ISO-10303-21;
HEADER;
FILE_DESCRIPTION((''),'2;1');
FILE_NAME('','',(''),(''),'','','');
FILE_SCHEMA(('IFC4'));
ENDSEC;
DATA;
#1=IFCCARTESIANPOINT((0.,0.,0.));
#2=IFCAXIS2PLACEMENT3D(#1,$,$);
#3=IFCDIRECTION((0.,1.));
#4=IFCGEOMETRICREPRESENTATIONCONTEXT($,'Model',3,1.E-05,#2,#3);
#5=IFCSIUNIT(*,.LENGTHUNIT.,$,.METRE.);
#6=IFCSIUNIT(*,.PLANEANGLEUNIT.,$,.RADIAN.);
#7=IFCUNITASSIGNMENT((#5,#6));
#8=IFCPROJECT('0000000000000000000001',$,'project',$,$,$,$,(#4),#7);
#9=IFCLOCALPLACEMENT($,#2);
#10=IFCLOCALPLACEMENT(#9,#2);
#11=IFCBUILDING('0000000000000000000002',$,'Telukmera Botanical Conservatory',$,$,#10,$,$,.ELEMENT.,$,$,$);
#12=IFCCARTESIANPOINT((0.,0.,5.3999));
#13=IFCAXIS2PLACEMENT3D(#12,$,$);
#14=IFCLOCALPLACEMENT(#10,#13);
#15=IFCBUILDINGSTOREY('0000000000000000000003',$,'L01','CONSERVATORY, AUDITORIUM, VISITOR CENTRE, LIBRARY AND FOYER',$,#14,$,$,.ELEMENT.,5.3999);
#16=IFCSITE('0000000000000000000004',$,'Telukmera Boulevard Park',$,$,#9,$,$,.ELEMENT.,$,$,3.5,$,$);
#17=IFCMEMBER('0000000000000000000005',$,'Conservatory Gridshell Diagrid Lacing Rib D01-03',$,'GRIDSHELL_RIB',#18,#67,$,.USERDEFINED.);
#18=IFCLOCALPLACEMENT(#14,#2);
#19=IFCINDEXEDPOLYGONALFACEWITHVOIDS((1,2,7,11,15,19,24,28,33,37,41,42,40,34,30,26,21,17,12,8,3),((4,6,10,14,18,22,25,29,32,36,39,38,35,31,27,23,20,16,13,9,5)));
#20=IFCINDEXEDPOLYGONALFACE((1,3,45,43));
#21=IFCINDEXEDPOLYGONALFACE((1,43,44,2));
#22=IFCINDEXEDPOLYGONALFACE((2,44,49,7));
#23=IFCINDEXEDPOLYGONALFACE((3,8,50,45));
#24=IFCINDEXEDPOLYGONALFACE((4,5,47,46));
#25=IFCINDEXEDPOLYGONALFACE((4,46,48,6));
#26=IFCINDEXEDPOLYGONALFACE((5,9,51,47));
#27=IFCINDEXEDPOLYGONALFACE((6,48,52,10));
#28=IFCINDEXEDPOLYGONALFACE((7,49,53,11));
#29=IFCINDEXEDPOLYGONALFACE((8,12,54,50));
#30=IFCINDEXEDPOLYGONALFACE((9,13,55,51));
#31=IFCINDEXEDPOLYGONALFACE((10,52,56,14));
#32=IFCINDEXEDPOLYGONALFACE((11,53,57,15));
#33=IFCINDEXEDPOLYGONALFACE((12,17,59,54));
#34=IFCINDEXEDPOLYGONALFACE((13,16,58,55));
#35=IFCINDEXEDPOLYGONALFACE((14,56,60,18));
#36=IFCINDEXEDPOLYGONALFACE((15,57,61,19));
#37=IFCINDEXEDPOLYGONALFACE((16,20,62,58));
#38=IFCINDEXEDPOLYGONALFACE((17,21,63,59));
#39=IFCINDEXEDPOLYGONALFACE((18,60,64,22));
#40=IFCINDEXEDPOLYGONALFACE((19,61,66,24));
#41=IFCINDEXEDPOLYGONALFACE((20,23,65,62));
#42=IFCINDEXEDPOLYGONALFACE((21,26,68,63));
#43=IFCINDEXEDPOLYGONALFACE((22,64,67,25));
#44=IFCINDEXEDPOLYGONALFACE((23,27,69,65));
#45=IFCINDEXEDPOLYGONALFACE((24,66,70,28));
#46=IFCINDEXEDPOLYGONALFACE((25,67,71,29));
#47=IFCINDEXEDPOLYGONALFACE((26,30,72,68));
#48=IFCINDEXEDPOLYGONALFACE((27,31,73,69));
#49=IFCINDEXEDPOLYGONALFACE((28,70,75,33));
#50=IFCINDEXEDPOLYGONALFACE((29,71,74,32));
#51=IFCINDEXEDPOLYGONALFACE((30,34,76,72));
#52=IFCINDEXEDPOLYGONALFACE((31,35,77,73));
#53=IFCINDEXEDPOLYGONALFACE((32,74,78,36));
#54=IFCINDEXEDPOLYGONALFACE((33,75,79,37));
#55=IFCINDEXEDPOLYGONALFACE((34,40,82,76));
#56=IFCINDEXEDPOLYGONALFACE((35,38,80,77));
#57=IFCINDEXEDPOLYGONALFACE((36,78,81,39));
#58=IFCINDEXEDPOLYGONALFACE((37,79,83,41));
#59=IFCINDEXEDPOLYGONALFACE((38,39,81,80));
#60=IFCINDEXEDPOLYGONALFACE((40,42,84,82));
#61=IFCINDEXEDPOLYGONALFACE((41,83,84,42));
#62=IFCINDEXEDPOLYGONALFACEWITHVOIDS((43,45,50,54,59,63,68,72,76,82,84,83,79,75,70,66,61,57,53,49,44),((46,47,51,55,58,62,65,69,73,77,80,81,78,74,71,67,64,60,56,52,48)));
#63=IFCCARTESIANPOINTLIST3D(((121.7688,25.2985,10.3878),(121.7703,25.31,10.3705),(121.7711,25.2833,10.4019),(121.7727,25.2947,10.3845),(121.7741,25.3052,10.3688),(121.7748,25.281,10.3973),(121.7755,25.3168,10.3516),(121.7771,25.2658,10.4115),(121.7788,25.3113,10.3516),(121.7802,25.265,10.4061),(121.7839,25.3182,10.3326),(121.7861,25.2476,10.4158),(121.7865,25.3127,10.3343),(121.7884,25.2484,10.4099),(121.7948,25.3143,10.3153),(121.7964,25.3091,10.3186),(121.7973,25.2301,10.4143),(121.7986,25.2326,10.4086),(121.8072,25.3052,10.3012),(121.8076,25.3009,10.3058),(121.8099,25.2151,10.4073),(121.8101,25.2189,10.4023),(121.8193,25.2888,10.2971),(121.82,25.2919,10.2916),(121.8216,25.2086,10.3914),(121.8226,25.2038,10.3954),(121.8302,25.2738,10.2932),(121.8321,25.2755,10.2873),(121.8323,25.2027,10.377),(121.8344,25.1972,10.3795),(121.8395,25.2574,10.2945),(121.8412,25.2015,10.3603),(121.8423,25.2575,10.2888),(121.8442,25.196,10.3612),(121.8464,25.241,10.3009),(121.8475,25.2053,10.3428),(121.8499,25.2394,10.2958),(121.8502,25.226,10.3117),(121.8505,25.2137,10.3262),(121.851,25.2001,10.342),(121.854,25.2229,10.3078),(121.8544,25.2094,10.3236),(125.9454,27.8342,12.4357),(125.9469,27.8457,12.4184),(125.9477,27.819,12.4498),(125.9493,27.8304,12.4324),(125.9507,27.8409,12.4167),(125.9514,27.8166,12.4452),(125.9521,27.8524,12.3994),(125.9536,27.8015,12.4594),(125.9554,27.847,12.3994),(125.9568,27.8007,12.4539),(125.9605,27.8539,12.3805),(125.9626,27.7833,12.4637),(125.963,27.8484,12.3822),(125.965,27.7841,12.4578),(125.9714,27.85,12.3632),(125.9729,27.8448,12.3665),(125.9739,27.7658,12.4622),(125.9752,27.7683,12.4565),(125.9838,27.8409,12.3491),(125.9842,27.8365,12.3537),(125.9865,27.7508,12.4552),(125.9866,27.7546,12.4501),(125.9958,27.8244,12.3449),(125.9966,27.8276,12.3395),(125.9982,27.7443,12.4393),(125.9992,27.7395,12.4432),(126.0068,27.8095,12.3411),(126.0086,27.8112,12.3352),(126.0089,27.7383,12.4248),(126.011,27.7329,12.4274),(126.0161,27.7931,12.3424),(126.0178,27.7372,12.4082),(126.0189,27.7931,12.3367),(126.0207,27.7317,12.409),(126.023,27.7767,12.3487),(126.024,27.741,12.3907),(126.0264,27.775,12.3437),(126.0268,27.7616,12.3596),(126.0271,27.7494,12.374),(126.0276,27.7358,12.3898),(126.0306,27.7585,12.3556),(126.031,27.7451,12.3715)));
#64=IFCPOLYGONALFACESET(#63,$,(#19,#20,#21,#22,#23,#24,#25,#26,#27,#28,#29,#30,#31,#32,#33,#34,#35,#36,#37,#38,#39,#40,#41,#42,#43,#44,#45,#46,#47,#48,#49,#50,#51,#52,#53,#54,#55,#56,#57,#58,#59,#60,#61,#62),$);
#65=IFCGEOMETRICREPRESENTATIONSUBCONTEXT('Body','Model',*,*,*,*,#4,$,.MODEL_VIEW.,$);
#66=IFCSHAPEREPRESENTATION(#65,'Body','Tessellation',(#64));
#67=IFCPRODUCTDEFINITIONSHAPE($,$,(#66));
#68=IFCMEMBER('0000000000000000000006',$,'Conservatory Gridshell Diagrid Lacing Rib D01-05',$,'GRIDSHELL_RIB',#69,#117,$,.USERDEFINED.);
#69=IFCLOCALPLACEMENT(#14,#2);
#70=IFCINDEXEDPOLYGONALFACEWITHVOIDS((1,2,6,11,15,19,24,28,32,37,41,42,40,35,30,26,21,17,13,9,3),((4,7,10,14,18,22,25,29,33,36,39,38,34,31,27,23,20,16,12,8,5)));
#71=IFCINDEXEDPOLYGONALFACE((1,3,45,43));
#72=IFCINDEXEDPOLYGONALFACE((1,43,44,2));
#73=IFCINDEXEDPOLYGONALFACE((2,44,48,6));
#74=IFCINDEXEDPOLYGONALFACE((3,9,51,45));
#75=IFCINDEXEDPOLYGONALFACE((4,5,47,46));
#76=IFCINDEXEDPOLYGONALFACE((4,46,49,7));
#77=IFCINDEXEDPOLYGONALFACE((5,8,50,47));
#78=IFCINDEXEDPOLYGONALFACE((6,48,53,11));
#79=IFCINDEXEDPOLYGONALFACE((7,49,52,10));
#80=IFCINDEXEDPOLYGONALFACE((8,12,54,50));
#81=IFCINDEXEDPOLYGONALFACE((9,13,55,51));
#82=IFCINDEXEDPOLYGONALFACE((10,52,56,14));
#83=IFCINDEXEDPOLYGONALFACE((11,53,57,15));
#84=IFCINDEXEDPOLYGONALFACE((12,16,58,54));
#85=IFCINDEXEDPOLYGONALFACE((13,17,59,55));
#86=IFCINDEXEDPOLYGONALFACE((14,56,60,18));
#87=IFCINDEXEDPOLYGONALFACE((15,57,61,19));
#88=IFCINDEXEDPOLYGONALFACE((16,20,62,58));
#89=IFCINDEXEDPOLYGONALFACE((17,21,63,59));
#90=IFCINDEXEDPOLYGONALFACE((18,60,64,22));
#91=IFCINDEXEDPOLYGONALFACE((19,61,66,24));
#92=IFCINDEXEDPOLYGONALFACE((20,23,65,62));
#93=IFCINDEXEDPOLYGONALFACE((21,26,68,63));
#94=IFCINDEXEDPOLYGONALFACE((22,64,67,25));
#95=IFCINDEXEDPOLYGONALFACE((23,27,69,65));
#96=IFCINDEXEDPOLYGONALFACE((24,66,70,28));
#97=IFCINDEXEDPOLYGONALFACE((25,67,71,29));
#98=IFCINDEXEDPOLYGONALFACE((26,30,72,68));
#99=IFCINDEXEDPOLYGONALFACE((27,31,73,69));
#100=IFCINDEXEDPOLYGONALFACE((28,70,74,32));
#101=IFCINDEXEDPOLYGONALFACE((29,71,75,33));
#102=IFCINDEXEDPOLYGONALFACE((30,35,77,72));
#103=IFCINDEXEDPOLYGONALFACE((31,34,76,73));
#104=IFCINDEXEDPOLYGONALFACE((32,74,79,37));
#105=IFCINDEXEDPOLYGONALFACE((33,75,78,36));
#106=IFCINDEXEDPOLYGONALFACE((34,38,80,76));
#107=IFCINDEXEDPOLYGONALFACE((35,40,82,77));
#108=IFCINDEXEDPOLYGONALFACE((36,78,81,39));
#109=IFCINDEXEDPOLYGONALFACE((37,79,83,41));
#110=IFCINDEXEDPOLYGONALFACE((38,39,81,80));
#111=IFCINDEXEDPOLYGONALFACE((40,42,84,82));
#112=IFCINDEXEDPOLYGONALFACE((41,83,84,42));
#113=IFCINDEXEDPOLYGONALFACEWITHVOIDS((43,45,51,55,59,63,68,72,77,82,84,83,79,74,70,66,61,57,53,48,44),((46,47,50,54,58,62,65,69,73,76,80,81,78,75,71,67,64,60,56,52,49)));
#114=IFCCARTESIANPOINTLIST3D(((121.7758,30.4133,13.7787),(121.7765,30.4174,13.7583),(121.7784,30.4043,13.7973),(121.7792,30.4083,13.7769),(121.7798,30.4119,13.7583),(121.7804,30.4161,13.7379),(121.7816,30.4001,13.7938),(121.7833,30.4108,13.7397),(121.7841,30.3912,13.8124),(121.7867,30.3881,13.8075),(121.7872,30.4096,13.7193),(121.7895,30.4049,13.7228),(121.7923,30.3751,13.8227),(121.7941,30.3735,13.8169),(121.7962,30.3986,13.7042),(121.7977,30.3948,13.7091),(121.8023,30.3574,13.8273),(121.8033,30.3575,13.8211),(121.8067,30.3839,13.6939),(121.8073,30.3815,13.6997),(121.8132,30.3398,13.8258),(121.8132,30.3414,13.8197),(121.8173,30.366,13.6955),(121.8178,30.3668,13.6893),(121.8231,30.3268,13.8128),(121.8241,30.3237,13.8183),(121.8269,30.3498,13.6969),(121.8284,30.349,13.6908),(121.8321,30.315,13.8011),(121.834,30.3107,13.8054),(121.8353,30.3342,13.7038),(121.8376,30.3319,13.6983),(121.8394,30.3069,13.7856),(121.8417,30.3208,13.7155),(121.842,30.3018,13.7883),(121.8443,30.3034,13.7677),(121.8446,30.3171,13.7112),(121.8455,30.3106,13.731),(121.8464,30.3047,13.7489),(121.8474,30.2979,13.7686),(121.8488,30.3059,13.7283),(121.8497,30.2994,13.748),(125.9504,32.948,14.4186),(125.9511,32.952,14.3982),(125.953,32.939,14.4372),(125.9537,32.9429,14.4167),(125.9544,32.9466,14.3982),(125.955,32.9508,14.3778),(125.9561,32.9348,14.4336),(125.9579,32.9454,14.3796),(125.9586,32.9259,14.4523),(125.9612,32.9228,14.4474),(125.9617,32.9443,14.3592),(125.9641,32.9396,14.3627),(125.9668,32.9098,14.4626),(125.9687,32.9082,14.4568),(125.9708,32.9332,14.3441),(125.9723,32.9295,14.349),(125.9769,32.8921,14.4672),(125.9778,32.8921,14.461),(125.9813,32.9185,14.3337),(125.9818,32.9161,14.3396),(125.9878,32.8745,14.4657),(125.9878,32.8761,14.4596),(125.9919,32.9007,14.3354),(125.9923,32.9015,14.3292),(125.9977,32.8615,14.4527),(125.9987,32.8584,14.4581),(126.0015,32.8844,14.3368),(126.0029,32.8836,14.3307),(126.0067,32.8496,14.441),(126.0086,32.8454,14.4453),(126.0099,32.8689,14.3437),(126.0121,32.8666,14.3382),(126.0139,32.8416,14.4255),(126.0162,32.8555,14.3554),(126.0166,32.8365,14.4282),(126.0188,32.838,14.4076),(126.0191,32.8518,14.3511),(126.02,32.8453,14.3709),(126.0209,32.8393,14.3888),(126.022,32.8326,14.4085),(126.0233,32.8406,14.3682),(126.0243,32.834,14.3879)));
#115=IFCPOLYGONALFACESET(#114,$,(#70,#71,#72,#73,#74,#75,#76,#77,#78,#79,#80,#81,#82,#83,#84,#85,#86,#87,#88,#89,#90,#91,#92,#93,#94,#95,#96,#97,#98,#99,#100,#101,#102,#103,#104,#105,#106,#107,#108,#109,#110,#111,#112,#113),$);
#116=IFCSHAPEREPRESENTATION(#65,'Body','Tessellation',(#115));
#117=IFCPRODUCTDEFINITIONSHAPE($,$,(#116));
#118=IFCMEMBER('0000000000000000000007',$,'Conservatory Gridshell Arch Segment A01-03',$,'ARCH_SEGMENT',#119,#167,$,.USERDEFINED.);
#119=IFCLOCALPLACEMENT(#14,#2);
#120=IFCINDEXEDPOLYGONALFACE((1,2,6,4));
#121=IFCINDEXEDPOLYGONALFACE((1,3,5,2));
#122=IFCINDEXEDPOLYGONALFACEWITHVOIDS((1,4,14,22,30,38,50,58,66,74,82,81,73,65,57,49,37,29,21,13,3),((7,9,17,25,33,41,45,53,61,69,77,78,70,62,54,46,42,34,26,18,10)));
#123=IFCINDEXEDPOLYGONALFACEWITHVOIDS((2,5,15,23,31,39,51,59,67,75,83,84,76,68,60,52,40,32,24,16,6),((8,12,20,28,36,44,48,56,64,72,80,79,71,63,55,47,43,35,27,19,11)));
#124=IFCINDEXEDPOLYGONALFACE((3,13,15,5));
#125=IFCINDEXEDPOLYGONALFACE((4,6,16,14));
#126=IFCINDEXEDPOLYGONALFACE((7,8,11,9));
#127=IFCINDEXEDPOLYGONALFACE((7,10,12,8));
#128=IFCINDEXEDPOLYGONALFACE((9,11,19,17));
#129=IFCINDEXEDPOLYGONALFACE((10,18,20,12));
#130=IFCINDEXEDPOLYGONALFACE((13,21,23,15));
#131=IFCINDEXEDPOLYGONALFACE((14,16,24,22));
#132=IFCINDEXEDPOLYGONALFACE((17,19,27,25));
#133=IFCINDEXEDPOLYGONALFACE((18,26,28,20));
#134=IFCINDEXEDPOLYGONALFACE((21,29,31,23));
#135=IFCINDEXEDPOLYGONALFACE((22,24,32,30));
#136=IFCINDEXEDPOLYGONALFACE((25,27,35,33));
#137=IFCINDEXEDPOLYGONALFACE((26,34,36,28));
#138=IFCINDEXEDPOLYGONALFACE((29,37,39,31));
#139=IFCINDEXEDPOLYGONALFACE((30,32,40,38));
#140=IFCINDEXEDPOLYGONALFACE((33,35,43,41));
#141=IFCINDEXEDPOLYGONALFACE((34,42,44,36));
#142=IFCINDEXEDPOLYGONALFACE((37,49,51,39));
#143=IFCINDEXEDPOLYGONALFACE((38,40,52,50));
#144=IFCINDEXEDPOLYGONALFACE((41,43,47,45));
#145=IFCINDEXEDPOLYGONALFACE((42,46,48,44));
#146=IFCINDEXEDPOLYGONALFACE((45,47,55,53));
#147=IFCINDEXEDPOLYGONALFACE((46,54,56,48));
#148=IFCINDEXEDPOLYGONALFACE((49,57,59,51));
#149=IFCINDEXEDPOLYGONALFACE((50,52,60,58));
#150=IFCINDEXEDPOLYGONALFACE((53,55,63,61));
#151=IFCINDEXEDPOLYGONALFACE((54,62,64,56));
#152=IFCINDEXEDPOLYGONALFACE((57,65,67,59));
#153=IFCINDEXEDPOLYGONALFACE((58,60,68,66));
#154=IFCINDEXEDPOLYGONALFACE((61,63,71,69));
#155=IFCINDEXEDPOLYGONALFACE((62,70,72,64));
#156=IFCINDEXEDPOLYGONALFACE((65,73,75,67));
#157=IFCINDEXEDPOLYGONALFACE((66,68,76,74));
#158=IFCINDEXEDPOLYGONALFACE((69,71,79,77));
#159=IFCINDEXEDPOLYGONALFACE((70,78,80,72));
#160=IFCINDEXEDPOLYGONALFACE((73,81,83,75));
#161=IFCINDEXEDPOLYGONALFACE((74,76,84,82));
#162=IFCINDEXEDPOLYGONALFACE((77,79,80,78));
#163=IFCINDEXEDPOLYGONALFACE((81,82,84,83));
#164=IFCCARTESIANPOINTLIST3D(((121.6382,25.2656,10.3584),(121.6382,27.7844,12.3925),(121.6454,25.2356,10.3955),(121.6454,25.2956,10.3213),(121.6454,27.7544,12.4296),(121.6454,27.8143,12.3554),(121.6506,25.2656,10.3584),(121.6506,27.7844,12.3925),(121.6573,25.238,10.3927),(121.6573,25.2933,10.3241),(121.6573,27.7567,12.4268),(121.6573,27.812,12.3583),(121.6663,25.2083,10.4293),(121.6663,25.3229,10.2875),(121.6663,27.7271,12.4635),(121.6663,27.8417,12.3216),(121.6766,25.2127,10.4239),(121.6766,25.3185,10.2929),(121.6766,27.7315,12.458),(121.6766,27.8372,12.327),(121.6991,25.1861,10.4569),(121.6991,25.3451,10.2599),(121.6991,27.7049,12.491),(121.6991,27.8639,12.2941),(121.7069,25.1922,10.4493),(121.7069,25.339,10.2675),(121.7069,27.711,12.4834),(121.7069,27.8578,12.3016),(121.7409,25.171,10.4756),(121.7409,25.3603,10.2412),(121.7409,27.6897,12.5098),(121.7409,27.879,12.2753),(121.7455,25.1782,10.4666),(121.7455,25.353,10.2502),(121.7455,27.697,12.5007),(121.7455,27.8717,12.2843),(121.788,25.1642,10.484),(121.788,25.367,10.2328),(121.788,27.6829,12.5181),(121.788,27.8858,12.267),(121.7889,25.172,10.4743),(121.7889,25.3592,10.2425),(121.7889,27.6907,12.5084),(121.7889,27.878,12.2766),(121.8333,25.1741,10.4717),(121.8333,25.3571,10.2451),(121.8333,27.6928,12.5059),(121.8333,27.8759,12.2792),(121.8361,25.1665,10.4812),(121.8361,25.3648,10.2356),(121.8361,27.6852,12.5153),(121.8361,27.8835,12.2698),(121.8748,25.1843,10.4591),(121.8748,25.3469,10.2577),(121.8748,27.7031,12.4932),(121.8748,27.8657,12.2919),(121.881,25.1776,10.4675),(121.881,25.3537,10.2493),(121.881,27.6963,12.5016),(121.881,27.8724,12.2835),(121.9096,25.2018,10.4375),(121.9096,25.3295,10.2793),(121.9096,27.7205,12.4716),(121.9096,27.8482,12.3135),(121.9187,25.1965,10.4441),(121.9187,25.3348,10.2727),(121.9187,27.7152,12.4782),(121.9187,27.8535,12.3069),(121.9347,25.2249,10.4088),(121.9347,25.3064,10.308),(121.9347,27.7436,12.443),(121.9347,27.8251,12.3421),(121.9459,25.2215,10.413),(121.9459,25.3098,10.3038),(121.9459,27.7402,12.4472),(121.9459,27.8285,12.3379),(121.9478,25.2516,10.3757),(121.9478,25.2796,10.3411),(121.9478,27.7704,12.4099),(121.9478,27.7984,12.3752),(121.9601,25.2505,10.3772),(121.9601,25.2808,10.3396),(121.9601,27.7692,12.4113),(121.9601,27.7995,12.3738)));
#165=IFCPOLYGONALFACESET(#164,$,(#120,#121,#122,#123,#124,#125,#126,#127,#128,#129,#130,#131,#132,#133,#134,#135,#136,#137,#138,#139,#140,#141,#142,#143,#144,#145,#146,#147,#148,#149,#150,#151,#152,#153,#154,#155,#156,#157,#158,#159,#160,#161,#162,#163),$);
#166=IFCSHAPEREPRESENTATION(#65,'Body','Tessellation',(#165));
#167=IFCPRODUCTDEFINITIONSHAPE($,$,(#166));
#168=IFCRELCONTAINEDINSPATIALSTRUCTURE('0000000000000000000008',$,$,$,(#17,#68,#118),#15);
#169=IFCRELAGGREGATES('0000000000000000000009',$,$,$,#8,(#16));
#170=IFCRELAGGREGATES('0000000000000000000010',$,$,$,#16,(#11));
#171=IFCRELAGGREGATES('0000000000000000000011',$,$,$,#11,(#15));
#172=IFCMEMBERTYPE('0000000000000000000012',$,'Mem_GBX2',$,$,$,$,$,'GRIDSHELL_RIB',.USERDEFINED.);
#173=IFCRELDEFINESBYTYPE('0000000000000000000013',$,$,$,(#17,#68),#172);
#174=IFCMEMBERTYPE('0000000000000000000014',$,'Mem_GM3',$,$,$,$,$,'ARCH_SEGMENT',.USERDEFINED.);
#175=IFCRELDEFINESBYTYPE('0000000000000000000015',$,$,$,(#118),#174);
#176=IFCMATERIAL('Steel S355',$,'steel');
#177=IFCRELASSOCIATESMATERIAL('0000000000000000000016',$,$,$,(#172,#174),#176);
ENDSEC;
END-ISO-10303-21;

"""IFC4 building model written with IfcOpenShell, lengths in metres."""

from ifc_helpers import new_model, si_unit, direction, frame, origin, origin_2d, place, context, subcontext, project, spatial, hollow_circle, extrude, material, material_profile, profile_set, type_object, element, save


model = new_model("IFC4")

# Units and contexts
model_context = context("Model", 3, precision=1e-05, world=origin(), true_north=direction((0.0, 1.0)))
body_context = subcontext(model_context, "Body", "Model", "MODEL_VIEW")
ifc_project = project(units=[si_unit("LENGTHUNIT", "METRE"), si_unit("PLANEANGLEUNIT", "RADIAN")], contexts=[model_context])

# Site, building, storey
site_placement = place(None, origin())
site = spatial("IfcSite", under=ifc_project, at=site_placement, Name="Telukmera Boulevard Park", CompositionType="ELEMENT", RefElevation=3.5)
building_placement = place(site_placement, origin())
building = spatial("IfcBuilding", under=site, at=building_placement, Name="Telukmera Botanical Conservatory", CompositionType="ELEMENT")
storey_placement = place(building_placement, frame((0.0, 0.0, 5.3999)))
storey = spatial("IfcBuildingStorey", under=building, at=storey_placement, Name="L01", Description="CONSERVATORY, AUDITORIUM, VISITOR CENTRE, LIBRARY AND FOYER", CompositionType="ELEMENT", Elevation=5.3999)

# Shared definitions
ifc_material = material(Name="Steel S355", Category="steel")

# Members
ifc_material_profile_1 = material_profile(ifc_material, hollow_circle(Radius=0.0698, WallThickness=0.0063, at=origin_2d()), Name="CHS 139.7x6.3")
ifc_profile_set_1 = profile_set([ifc_material_profile_1], Name="Steel S355")
member_type_1 = type_object("IfcMemberType", Name="Mem_GBX2", ElementType="GRIDSHELL_RIB", PredefinedType="USERDEFINED", material=ifc_profile_set_1)
member_1_placement = place(storey_placement, frame((121.8118, 25.2571, 10.3516), z_axis=(0.788352, 0.478624, 0.386549), x_axis=(-0.518964, 0.854796, 0.0)))
element("IfcMember", 1, at=member_1_placement, inside=storey, type_object=member_type_1, Name="Conservatory Gridshell Diagrid Lacing Rib D01-03", ObjectType="GRIDSHELL_RIB", PredefinedType="USERDEFINED", context=body_context, shape_type="SweptSolid", body=[
    extrude(hollow_circle(Radius=0.0698, WallThickness=0.0063, at=origin_2d()), origin(), (0.0, 0.0, 1.0), 5.2979),
])
member_2_placement = place(storey_placement, frame((121.8127, 30.3577, 13.7583), z_axis=(0.847533, 0.514597, 0.129913), x_axis=(-0.518995, 0.854777, 0.0)))
element("IfcMember", 2, at=member_2_placement, inside=storey, type_object=member_type_1, Name="Conservatory Gridshell Diagrid Lacing Rib D01-05", ObjectType="GRIDSHELL_RIB", PredefinedType="USERDEFINED", context=body_context, shape_type="SweptSolid", body=[
    extrude(hollow_circle(Radius=0.0698, WallThickness=0.0063, at=origin_2d()), origin(), (0.0, 0.0, 1.0), 4.9255),
])
ifc_material_profile_2 = material_profile(ifc_material, hollow_circle(Radius=0.1619, WallThickness=0.0125, at=origin_2d()), Name="CHS 323.9x12.5")
ifc_profile_set_2 = profile_set([ifc_material_profile_2], Name="Steel S355")
member_type_2 = type_object("IfcMemberType", Name="Mem_GM3", ElementType="ARCH_SEGMENT", PredefinedType="USERDEFINED", material=ifc_profile_set_2)
member_3_placement = place(storey_placement, frame((121.8, 25.2656, 10.3584), z_axis=(0.0, 0.777977, 0.628293), x_axis=(-1.0, 0.0, 0.0)))
element("IfcMember", 3, at=member_3_placement, inside=storey, type_object=member_type_2, Name="Conservatory Gridshell Arch Segment A01-03", ObjectType="ARCH_SEGMENT", PredefinedType="USERDEFINED", context=body_context, shape_type="SweptSolid", body=[
    extrude(hollow_circle(Radius=0.1619, WallThickness=0.0125, at=origin_2d()), origin(), (0.0, 0.0, 1.0), 3.2375),
])

save(model, "model.ifc")
